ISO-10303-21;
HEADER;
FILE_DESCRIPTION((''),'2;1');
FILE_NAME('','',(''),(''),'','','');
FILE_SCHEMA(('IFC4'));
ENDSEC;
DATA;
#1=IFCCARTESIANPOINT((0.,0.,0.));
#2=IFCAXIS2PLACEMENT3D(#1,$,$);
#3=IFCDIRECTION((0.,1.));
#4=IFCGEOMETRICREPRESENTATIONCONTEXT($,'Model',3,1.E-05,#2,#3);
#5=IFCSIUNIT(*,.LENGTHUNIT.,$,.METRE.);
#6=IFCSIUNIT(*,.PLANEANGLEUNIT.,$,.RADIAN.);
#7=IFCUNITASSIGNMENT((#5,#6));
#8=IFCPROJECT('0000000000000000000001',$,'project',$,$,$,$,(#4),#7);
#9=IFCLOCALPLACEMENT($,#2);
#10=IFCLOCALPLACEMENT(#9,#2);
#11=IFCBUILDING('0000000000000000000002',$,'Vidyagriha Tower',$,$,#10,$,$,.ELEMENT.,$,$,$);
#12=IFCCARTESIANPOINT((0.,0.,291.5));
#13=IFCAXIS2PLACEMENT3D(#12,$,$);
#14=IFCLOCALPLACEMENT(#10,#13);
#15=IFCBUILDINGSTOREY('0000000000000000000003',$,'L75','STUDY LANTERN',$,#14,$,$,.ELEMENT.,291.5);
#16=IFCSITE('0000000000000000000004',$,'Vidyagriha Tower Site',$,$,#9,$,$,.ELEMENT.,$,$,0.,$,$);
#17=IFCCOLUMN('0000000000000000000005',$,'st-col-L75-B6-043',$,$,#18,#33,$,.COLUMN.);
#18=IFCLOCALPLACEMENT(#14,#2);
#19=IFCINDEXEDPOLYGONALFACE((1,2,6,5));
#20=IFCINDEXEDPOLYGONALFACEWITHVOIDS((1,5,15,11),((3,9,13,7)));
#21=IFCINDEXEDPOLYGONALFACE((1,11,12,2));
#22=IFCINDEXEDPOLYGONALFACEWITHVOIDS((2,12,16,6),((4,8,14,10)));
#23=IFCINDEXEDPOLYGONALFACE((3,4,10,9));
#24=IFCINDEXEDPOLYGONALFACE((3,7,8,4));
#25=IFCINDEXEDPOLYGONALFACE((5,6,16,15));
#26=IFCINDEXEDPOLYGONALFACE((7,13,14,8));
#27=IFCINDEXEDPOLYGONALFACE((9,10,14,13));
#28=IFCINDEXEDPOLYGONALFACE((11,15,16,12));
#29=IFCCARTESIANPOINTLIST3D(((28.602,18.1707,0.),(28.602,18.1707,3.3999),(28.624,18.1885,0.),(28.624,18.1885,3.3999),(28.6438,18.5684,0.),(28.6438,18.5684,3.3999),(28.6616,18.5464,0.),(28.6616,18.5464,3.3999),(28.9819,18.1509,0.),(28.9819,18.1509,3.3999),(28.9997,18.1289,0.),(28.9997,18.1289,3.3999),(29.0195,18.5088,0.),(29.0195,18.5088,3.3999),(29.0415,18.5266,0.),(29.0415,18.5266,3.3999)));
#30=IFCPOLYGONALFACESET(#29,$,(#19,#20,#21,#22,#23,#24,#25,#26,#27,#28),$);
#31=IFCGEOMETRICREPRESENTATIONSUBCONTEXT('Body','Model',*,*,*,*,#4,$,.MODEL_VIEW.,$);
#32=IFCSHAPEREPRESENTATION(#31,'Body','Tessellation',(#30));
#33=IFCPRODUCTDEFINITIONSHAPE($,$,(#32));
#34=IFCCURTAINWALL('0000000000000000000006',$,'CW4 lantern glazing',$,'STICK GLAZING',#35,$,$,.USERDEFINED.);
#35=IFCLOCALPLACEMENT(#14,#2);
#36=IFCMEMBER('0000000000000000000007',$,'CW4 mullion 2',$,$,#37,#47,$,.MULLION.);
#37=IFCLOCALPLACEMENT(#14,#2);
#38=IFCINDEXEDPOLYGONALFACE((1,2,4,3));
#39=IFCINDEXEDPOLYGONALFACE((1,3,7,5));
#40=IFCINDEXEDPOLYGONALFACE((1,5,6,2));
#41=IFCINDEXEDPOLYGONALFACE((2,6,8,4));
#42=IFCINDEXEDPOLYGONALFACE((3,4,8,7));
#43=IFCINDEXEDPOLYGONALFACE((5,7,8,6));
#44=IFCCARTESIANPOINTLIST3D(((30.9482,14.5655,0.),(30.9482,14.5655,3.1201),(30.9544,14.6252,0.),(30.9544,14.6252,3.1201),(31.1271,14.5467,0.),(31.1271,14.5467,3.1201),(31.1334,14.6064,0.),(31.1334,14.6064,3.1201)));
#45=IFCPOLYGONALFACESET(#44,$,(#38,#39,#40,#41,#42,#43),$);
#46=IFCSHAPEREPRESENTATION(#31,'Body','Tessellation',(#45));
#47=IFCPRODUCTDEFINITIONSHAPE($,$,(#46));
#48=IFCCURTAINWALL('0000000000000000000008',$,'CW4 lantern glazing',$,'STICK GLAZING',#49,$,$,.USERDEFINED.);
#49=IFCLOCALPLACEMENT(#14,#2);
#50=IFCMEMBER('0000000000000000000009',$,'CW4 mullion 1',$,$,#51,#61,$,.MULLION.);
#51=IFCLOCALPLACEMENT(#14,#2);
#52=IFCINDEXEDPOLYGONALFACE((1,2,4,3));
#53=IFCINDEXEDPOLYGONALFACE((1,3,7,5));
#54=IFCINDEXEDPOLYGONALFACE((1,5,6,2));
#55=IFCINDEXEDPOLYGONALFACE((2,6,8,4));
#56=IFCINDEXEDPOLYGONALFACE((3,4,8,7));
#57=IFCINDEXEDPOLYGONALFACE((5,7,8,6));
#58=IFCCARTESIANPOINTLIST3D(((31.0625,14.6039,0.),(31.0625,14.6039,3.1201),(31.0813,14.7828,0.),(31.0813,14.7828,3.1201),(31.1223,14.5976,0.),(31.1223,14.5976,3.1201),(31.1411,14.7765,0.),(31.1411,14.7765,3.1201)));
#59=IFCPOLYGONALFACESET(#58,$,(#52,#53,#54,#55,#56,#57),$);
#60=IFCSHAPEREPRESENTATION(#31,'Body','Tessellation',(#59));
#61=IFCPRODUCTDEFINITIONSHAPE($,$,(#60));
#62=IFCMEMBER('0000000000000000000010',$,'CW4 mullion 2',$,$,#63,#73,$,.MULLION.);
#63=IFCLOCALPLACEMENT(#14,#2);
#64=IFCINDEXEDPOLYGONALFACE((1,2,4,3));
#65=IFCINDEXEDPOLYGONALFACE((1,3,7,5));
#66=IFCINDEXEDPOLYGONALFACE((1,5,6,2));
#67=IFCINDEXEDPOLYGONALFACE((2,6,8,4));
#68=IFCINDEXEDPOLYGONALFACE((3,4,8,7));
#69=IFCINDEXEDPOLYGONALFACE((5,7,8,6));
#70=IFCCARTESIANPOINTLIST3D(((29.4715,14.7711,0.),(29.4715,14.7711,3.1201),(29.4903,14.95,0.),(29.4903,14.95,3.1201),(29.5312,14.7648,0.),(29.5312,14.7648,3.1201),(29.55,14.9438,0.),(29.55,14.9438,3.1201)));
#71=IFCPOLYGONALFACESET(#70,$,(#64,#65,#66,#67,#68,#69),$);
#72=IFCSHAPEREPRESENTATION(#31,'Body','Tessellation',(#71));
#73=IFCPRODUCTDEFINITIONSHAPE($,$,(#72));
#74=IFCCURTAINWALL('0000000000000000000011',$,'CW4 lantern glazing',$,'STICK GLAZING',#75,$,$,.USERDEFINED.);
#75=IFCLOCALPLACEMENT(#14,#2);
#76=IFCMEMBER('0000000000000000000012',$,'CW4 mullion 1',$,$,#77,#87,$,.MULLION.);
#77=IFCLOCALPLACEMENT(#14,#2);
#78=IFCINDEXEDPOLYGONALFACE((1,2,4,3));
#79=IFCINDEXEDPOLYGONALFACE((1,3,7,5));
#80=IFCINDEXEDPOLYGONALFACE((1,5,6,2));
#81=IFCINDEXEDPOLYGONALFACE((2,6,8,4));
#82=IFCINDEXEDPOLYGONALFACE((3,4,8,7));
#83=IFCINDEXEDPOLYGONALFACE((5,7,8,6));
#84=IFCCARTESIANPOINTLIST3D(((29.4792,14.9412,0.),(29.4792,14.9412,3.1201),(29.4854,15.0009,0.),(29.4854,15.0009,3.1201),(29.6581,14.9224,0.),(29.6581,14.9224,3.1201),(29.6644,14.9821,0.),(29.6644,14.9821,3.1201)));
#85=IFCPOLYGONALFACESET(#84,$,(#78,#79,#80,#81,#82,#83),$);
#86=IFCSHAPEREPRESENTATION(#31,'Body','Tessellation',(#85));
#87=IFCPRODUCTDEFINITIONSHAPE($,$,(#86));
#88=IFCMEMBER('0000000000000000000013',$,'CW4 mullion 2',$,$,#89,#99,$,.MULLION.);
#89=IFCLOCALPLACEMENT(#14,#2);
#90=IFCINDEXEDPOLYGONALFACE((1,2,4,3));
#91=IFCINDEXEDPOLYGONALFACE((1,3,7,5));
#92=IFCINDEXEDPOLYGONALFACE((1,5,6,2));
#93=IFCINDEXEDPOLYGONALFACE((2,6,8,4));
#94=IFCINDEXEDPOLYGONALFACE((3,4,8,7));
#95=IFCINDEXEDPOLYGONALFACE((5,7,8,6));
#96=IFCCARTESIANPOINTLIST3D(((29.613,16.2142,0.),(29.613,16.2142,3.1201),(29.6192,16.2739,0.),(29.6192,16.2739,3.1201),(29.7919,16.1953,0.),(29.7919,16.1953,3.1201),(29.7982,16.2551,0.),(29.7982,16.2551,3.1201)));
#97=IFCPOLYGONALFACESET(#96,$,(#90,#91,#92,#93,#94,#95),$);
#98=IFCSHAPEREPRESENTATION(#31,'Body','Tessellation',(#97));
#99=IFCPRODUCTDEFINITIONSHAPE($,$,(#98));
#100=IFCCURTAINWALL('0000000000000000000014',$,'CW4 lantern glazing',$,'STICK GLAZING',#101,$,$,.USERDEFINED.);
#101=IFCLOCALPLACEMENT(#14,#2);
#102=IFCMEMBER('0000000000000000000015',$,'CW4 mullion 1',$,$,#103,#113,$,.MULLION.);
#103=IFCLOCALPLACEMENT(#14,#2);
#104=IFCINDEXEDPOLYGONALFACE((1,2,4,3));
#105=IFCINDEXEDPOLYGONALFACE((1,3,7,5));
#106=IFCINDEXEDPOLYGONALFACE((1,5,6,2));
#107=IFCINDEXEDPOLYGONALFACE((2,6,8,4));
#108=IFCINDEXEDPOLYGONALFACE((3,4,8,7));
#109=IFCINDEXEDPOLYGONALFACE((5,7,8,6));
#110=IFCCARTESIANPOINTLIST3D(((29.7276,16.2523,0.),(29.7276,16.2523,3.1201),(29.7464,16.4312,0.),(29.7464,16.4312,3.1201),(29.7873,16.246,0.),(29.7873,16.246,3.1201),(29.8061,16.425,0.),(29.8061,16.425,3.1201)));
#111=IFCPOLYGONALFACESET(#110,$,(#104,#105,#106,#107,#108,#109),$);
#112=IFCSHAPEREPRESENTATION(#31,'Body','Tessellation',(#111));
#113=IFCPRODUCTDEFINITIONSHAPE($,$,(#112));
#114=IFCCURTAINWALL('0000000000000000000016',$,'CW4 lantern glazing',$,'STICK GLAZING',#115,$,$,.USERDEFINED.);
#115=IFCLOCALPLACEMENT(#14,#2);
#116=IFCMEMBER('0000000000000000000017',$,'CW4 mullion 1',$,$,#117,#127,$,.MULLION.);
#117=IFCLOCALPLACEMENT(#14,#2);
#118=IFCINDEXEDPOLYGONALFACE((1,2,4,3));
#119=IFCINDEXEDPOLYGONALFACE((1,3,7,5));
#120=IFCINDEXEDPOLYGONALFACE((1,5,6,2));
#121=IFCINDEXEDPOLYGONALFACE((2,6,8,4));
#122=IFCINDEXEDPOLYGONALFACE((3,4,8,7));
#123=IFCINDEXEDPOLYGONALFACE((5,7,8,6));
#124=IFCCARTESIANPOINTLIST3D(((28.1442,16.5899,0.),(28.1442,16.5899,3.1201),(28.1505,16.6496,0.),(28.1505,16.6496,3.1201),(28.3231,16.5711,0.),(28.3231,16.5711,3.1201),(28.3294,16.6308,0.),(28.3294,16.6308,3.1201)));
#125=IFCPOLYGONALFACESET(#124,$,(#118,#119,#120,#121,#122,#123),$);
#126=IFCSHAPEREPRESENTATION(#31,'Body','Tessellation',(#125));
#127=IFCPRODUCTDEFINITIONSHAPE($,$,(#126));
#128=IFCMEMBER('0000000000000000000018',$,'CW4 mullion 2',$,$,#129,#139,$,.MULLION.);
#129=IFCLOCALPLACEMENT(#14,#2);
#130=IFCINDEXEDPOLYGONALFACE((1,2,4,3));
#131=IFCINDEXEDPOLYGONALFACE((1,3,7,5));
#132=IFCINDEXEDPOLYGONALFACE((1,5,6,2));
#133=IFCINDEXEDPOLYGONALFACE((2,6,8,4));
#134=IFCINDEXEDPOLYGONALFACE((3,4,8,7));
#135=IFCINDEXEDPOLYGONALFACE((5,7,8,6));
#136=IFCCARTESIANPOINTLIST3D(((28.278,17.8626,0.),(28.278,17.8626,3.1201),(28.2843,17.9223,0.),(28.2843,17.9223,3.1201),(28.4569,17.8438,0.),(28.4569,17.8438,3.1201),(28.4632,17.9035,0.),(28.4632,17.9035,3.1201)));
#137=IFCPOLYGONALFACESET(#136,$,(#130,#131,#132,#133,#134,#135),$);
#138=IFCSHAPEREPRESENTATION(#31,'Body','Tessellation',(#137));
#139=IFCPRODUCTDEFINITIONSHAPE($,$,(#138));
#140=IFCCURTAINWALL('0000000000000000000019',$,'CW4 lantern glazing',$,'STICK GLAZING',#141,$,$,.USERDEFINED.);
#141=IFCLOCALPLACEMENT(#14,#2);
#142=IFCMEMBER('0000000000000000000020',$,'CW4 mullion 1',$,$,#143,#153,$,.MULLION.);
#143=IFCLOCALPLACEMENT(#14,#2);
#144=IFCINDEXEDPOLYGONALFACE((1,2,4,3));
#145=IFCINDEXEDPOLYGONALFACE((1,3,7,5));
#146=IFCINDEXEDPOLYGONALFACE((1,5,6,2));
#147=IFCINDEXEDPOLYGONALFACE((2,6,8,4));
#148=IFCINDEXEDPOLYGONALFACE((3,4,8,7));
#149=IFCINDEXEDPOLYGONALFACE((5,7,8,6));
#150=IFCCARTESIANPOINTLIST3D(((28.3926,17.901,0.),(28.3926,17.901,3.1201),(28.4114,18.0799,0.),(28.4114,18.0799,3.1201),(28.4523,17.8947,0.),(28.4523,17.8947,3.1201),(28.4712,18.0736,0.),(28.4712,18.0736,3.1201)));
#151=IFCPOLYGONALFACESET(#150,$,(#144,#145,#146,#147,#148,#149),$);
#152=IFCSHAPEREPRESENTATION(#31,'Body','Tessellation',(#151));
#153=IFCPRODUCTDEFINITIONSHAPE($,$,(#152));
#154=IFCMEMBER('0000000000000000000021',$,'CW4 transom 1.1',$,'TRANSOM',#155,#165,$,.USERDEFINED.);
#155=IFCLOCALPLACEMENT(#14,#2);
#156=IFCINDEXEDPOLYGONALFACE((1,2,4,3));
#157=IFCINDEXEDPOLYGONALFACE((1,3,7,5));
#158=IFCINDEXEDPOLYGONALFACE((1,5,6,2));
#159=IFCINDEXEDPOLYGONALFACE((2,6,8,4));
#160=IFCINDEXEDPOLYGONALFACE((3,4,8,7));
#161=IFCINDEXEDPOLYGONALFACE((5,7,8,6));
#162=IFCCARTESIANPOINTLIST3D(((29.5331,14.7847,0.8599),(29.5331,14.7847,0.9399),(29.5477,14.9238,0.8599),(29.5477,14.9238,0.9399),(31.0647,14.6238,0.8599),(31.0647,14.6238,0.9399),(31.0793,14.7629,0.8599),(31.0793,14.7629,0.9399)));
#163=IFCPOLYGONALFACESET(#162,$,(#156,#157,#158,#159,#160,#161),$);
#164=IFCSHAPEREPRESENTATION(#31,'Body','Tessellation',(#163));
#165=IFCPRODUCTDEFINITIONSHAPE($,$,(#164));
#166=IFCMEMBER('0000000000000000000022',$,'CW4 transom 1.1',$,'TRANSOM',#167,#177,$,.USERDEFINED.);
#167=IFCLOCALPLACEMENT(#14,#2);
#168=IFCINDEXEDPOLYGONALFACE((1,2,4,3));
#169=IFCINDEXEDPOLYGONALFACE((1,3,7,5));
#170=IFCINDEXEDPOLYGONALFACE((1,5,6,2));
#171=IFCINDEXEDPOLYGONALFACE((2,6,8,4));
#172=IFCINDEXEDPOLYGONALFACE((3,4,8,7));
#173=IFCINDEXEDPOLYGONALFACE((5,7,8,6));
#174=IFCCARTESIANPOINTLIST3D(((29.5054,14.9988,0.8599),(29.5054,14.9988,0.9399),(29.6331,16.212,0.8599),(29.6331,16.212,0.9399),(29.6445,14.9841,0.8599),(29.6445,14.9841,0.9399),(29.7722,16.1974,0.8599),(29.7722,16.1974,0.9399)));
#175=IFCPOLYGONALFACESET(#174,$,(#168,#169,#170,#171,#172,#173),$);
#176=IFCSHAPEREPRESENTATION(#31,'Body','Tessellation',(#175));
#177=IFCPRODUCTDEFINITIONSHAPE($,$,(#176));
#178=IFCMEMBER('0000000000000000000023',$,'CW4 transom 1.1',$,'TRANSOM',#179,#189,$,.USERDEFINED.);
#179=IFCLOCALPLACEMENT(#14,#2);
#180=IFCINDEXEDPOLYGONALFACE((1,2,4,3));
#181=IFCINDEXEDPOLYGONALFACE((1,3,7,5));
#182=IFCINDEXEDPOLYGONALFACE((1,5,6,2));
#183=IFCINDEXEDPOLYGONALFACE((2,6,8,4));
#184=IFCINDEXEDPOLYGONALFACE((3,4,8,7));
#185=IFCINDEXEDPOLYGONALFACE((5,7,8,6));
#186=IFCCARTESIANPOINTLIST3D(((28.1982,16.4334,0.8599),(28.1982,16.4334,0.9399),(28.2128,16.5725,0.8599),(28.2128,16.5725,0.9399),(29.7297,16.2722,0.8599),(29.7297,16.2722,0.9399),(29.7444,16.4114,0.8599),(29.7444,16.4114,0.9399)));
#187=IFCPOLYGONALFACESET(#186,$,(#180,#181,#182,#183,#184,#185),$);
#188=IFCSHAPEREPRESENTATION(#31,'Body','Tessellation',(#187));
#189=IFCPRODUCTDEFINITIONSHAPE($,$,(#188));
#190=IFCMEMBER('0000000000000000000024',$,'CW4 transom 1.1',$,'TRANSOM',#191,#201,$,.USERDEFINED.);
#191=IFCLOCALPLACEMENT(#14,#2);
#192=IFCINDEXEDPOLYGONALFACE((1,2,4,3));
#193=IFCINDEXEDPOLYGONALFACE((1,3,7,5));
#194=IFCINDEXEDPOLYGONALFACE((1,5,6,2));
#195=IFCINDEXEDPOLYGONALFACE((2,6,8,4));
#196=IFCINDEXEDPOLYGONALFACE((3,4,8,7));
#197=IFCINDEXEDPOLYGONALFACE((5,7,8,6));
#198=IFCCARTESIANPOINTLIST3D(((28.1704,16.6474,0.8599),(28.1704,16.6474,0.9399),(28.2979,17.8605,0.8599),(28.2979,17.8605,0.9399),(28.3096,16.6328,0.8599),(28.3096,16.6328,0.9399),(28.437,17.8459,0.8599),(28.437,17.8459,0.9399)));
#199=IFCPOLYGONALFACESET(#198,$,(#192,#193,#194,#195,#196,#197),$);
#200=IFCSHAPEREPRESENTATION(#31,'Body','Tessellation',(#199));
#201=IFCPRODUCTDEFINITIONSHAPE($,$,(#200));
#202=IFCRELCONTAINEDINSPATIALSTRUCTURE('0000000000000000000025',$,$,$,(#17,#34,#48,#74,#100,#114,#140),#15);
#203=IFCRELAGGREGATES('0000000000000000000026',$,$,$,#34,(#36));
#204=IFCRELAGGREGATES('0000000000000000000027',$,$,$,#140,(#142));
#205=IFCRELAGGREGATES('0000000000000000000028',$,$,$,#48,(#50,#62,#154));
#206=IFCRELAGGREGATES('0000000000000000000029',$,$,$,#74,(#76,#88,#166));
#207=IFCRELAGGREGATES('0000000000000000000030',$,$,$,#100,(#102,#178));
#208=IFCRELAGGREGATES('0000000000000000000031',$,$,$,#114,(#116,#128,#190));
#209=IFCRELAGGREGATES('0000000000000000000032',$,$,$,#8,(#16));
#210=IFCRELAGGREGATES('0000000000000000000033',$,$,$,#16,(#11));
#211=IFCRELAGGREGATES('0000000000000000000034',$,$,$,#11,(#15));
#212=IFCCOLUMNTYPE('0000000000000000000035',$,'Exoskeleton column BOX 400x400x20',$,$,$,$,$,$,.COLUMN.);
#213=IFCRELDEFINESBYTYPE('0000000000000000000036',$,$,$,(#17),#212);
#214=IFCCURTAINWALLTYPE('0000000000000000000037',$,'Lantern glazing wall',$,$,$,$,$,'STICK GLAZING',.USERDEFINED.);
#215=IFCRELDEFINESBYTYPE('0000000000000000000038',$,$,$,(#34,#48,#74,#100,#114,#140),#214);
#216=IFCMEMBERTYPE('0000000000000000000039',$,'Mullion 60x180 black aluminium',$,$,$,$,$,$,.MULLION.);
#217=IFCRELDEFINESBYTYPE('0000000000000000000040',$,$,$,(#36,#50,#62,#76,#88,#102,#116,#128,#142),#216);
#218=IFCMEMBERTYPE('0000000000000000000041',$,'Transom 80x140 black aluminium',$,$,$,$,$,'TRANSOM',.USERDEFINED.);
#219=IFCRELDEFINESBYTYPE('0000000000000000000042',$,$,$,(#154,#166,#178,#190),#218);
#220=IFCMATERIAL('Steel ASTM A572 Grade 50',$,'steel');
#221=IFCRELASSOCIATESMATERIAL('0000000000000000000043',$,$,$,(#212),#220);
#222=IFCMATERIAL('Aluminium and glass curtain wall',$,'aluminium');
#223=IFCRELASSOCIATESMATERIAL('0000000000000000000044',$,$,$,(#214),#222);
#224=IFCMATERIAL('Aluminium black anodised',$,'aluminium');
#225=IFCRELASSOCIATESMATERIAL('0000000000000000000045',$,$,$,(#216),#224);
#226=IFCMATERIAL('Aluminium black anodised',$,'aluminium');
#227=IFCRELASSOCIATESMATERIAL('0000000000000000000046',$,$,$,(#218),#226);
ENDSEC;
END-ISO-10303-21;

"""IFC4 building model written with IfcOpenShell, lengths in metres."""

from ifc_helpers import new_model, si_unit, direction, frame, origin, origin_2d, place, context, subcontext, project, spatial, rectangle, hollow_rectangle, extrude, material, material_profile, profile_set, type_object, element, aggregate, save


model = new_model("IFC4")

# Units and contexts
model_context = context("Model", 3, precision=1e-05, world=origin(), true_north=direction((0.0, 1.0)))
body_context = subcontext(model_context, "Body", "Model", "MODEL_VIEW")
ifc_project = project(units=[si_unit("LENGTHUNIT", "METRE"), si_unit("PLANEANGLEUNIT", "RADIAN")], contexts=[model_context])

# Site, building, storey
site_placement = place(None, origin())
site = spatial("IfcSite", under=ifc_project, at=site_placement, Name="Vidyagriha Tower Site", CompositionType="ELEMENT", RefElevation=0.0)
building_placement = place(site_placement, origin())
building = spatial("IfcBuilding", under=site, at=building_placement, Name="Vidyagriha Tower", CompositionType="ELEMENT")
storey_placement = place(building_placement, frame((0.0, 0.0, 291.5)))
storey = spatial("IfcBuildingStorey", under=building, at=storey_placement, Name="L75", Description="STUDY LANTERN", CompositionType="ELEMENT", Elevation=291.5)

# Column
ifc_material_1 = material(Name="Steel ASTM A572 Grade 50", Category="steel")
ifc_material_profile_1 = material_profile(ifc_material_1, hollow_rectangle(XDim=0.3999, YDim=0.3999, WallThickness=0.02, at=origin_2d()), Name="BOX 400x400x20")
ifc_profile_set_1 = profile_set([ifc_material_profile_1], Name="Steel ASTM A572 Grade 50")
column_type = type_object("IfcColumnType", Name="Exoskeleton column BOX 400x400x20", PredefinedType="COLUMN", material=ifc_profile_set_1)
column_placement = place(storey_placement, frame((28.8218, 18.3486, 0.0), z_axis=(0.0, 0.0, 1.0), x_axis=(0.994522, -0.104528, 0.0)))
element("IfcColumn", 1, at=column_placement, inside=storey, type_object=column_type, Name="st-col-L75-B6-043", PredefinedType="COLUMN", context=body_context, shape_type="SweptSolid", body=[
    extrude(hollow_rectangle(XDim=0.3999, YDim=0.3999, WallThickness=0.02, at=origin_2d()), origin(), (0.0, 0.0, 1.0), 3.3999),
])

# Curtain wall, member
ifc_material_2 = material(Name="Aluminium and glass curtain wall", Category="aluminium")
curtain_wall_type = type_object("IfcCurtainWallType", Name="Lantern glazing wall", ElementType="STICK GLAZING", PredefinedType="USERDEFINED", material=ifc_material_2)
curtain_wall_1_placement = place(storey_placement, origin())
curtain_wall_1 = element("IfcCurtainWall", 2, at=curtain_wall_1_placement, inside=storey, type_object=curtain_wall_type, Name="CW4 lantern glazing", ObjectType="STICK GLAZING", PredefinedType="USERDEFINED")
ifc_material_3 = material(Name="Aluminium black anodised", Category="aluminium")
ifc_material_profile_2 = material_profile(ifc_material_3, rectangle(XDim=0.1799, YDim=0.0601, at=origin_2d()), Name="Mullion 60x180 black aluminium")
ifc_profile_set_2 = profile_set([ifc_material_profile_2], Name="Aluminium black anodised")
member_type_1 = type_object("IfcMemberType", Name="Mullion 60x180 black aluminium", PredefinedType="MULLION", material=ifc_profile_set_2)
member_1_placement = place(storey_placement, frame((31.0408, 14.5859, 0.0), z_axis=(0.0, 0.0, 1.0), x_axis=(-0.994528, 0.104475, 0.0)))
member_1 = element("IfcMember", 3, at=member_1_placement, type_object=member_type_1, Name="CW4 mullion 2", PredefinedType="MULLION", context=body_context, shape_type="SweptSolid", body=[
    extrude(rectangle(XDim=0.1799, YDim=0.0601, at=origin_2d()), origin(), (0.0, 0.0, 1.0), 3.1201),
])
aggregate(curtain_wall_1, [member_1])

# Curtain walls, members
curtain_wall_2_placement = place(storey_placement, origin())
curtain_wall_2 = element("IfcCurtainWall", 4, at=curtain_wall_2_placement, inside=storey, type_object=curtain_wall_type, Name="CW4 lantern glazing", ObjectType="STICK GLAZING", PredefinedType="USERDEFINED")
member_2_placement = place(storey_placement, frame((31.1018, 14.6902, 0.0), z_axis=(0.0, 0.0, 1.0), x_axis=(-0.104519, -0.994523, 0.0)))
member_2 = element("IfcMember", 5, at=member_2_placement, type_object=member_type_1, Name="CW4 mullion 1", PredefinedType="MULLION", context=body_context, shape_type="SweptSolid", body=[
    extrude(rectangle(XDim=0.1799, YDim=0.0601, at=origin_2d()), origin(), (0.0, 0.0, 1.0), 3.1201),
])
member_3_placement = place(storey_placement, frame((29.5107, 14.8574, 0.0), z_axis=(0.0, 0.0, 1.0), x_axis=(-0.104519, -0.994523, 0.0)))
member_3 = element("IfcMember", 6, at=member_3_placement, type_object=member_type_1, Name="CW4 mullion 2", PredefinedType="MULLION", context=body_context, shape_type="SweptSolid", body=[
    extrude(rectangle(XDim=0.1799, YDim=0.0601, at=origin_2d()), origin(), (0.0, 0.0, 1.0), 3.1201),
])
curtain_wall_3_placement = place(storey_placement, origin())
curtain_wall_3 = element("IfcCurtainWall", 7, at=curtain_wall_3_placement, inside=storey, type_object=curtain_wall_type, Name="CW4 lantern glazing", ObjectType="STICK GLAZING", PredefinedType="USERDEFINED")
member_4_placement = place(storey_placement, frame((29.5718, 14.9617, 0.0), z_axis=(0.0, 0.0, 1.0), x_axis=(-0.994519, 0.104557, 0.0)))
member_4 = element("IfcMember", 8, at=member_4_placement, type_object=member_type_1, Name="CW4 mullion 1", PredefinedType="MULLION", context=body_context, shape_type="SweptSolid", body=[
    extrude(rectangle(XDim=0.1799, YDim=0.0601, at=origin_2d()), origin(), (0.0, 0.0, 1.0), 3.1201),
])
member_5_placement = place(storey_placement, frame((29.7056, 16.2346, 0.0), z_axis=(0.0, 0.0, 1.0), x_axis=(-0.994519, 0.104557, 0.0)))
member_5 = element("IfcMember", 9, at=member_5_placement, type_object=member_type_1, Name="CW4 mullion 2", PredefinedType="MULLION", context=body_context, shape_type="SweptSolid", body=[
    extrude(rectangle(XDim=0.1799, YDim=0.0601, at=origin_2d()), origin(), (0.0, 0.0, 1.0), 3.1201),
])

# Curtain wall, member
curtain_wall_4_placement = place(storey_placement, origin())
curtain_wall_4 = element("IfcCurtainWall", 10, at=curtain_wall_4_placement, inside=storey, type_object=curtain_wall_type, Name="CW4 lantern glazing", ObjectType="STICK GLAZING", PredefinedType="USERDEFINED")
member_6_placement = place(storey_placement, frame((29.7668, 16.3386, 0.0), z_axis=(0.0, 0.0, 1.0), x_axis=(-0.104519, -0.994523, 0.0)))
member_6 = element("IfcMember", 11, at=member_6_placement, type_object=member_type_1, Name="CW4 mullion 1", PredefinedType="MULLION", context=body_context, shape_type="SweptSolid", body=[
    extrude(rectangle(XDim=0.1799, YDim=0.0601, at=origin_2d()), origin(), (0.0, 0.0, 1.0), 3.1201),
])

# Curtain wall, members
curtain_wall_5_placement = place(storey_placement, origin())
curtain_wall_5 = element("IfcCurtainWall", 12, at=curtain_wall_5_placement, inside=storey, type_object=curtain_wall_type, Name="CW4 lantern glazing", ObjectType="STICK GLAZING", PredefinedType="USERDEFINED")
member_7_placement = place(storey_placement, frame((28.2368, 16.6104, 0.0), z_axis=(0.0, 0.0, 1.0), x_axis=(-0.994519, 0.104557, 0.0)))
member_7 = element("IfcMember", 13, at=member_7_placement, type_object=member_type_1, Name="CW4 mullion 1", PredefinedType="MULLION", context=body_context, shape_type="SweptSolid", body=[
    extrude(rectangle(XDim=0.1799, YDim=0.0601, at=origin_2d()), origin(), (0.0, 0.0, 1.0), 3.1201),
])
member_8_placement = place(storey_placement, frame((28.3706, 17.8831, 0.0), z_axis=(0.0, 0.0, 1.0), x_axis=(-0.994519, 0.104557, 0.0)))
member_8 = element("IfcMember", 14, at=member_8_placement, type_object=member_type_1, Name="CW4 mullion 2", PredefinedType="MULLION", context=body_context, shape_type="SweptSolid", body=[
    extrude(rectangle(XDim=0.1799, YDim=0.0601, at=origin_2d()), origin(), (0.0, 0.0, 1.0), 3.1201),
])

# Curtain wall, member
curtain_wall_6_placement = place(storey_placement, origin())
curtain_wall_6 = element("IfcCurtainWall", 15, at=curtain_wall_6_placement, inside=storey, type_object=curtain_wall_type, Name="CW4 lantern glazing", ObjectType="STICK GLAZING", PredefinedType="USERDEFINED")
member_9_placement = place(storey_placement, frame((28.4319, 17.9873, 0.0), z_axis=(0.0, 0.0, 1.0), x_axis=(-0.104528, -0.994522, 0.0)))
member_9 = element("IfcMember", 16, at=member_9_placement, type_object=member_type_1, Name="CW4 mullion 1", PredefinedType="MULLION", context=body_context, shape_type="SweptSolid", body=[
    extrude(rectangle(XDim=0.1799, YDim=0.0601, at=origin_2d()), origin(), (0.0, 0.0, 1.0), 3.1201),
])

# Members
ifc_material_4 = material(Name="Aluminium black anodised", Category="aluminium")
ifc_material_profile_3 = material_profile(ifc_material_4, rectangle(XDim=0.1399, YDim=0.0801, at=origin_2d()), Name="Transom 80x140 black aluminium")
ifc_profile_set_3 = profile_set([ifc_material_profile_3], Name="Aluminium black anodised")
member_type_2 = type_object("IfcMemberType", Name="Transom 80x140 black aluminium", ElementType="TRANSOM", PredefinedType="USERDEFINED", material=ifc_profile_set_3)
member_10_placement = place(storey_placement, frame((31.072, 14.6934, 0.8999), z_axis=(-0.994527, 0.104478, 0.0), x_axis=(-0.104478, -0.994527, 0.0)))
member_10 = element("IfcMember", 17, at=member_10_placement, type_object=member_type_2, Name="CW4 transom 1.1", ObjectType="TRANSOM", PredefinedType="USERDEFINED", context=body_context, shape_type="SweptSolid", body=[
    extrude(rectangle(XDim=0.1399, YDim=0.0801, at=origin_2d()), origin(), (0.0, 0.0, 1.0), 1.54),
])
member_11_placement = place(storey_placement, frame((29.575, 14.9915, 0.8999), z_axis=(0.104654, 0.994509, 0.0), x_axis=(-0.994509, 0.104654, 0.0)))
member_11 = element("IfcMember", 18, at=member_11_placement, type_object=member_type_2, Name="CW4 transom 1.1", ObjectType="TRANSOM", PredefinedType="USERDEFINED", context=body_context, shape_type="SweptSolid", body=[
    extrude(rectangle(XDim=0.1399, YDim=0.0801, at=origin_2d()), origin(), (0.0, 0.0, 1.0), 1.22),
])
member_12_placement = place(storey_placement, frame((29.7371, 16.3418, 0.8999), z_axis=(-0.994511, 0.104635, 0.0), x_axis=(-0.104635, -0.994511, 0.0)))
member_12 = element("IfcMember", 19, at=member_12_placement, type_object=member_type_2, Name="CW4 transom 1.1", ObjectType="TRANSOM", PredefinedType="USERDEFINED", context=body_context, shape_type="SweptSolid", body=[
    extrude(rectangle(XDim=0.1399, YDim=0.0801, at=origin_2d()), origin(), (0.0, 0.0, 1.0), 1.54),
])
member_13_placement = place(storey_placement, frame((28.24, 16.6401, 0.8999), z_axis=(0.104476, 0.994527, 0.0), x_axis=(-0.994527, 0.104476, 0.0)))
member_13 = element("IfcMember", 20, at=member_13_placement, type_object=member_type_2, Name="CW4 transom 1.1", ObjectType="TRANSOM", PredefinedType="USERDEFINED", context=body_context, shape_type="SweptSolid", body=[
    extrude(rectangle(XDim=0.1399, YDim=0.0801, at=origin_2d()), origin(), (0.0, 0.0, 1.0), 1.2197),
])
aggregate(curtain_wall_6, [member_9])

aggregate(curtain_wall_2, [member_2, member_3, member_10])
aggregate(curtain_wall_3, [member_4, member_5, member_11])
aggregate(curtain_wall_4, [member_6, member_12])
aggregate(curtain_wall_5, [member_7, member_8, member_13])

save(model, "model.ifc")
